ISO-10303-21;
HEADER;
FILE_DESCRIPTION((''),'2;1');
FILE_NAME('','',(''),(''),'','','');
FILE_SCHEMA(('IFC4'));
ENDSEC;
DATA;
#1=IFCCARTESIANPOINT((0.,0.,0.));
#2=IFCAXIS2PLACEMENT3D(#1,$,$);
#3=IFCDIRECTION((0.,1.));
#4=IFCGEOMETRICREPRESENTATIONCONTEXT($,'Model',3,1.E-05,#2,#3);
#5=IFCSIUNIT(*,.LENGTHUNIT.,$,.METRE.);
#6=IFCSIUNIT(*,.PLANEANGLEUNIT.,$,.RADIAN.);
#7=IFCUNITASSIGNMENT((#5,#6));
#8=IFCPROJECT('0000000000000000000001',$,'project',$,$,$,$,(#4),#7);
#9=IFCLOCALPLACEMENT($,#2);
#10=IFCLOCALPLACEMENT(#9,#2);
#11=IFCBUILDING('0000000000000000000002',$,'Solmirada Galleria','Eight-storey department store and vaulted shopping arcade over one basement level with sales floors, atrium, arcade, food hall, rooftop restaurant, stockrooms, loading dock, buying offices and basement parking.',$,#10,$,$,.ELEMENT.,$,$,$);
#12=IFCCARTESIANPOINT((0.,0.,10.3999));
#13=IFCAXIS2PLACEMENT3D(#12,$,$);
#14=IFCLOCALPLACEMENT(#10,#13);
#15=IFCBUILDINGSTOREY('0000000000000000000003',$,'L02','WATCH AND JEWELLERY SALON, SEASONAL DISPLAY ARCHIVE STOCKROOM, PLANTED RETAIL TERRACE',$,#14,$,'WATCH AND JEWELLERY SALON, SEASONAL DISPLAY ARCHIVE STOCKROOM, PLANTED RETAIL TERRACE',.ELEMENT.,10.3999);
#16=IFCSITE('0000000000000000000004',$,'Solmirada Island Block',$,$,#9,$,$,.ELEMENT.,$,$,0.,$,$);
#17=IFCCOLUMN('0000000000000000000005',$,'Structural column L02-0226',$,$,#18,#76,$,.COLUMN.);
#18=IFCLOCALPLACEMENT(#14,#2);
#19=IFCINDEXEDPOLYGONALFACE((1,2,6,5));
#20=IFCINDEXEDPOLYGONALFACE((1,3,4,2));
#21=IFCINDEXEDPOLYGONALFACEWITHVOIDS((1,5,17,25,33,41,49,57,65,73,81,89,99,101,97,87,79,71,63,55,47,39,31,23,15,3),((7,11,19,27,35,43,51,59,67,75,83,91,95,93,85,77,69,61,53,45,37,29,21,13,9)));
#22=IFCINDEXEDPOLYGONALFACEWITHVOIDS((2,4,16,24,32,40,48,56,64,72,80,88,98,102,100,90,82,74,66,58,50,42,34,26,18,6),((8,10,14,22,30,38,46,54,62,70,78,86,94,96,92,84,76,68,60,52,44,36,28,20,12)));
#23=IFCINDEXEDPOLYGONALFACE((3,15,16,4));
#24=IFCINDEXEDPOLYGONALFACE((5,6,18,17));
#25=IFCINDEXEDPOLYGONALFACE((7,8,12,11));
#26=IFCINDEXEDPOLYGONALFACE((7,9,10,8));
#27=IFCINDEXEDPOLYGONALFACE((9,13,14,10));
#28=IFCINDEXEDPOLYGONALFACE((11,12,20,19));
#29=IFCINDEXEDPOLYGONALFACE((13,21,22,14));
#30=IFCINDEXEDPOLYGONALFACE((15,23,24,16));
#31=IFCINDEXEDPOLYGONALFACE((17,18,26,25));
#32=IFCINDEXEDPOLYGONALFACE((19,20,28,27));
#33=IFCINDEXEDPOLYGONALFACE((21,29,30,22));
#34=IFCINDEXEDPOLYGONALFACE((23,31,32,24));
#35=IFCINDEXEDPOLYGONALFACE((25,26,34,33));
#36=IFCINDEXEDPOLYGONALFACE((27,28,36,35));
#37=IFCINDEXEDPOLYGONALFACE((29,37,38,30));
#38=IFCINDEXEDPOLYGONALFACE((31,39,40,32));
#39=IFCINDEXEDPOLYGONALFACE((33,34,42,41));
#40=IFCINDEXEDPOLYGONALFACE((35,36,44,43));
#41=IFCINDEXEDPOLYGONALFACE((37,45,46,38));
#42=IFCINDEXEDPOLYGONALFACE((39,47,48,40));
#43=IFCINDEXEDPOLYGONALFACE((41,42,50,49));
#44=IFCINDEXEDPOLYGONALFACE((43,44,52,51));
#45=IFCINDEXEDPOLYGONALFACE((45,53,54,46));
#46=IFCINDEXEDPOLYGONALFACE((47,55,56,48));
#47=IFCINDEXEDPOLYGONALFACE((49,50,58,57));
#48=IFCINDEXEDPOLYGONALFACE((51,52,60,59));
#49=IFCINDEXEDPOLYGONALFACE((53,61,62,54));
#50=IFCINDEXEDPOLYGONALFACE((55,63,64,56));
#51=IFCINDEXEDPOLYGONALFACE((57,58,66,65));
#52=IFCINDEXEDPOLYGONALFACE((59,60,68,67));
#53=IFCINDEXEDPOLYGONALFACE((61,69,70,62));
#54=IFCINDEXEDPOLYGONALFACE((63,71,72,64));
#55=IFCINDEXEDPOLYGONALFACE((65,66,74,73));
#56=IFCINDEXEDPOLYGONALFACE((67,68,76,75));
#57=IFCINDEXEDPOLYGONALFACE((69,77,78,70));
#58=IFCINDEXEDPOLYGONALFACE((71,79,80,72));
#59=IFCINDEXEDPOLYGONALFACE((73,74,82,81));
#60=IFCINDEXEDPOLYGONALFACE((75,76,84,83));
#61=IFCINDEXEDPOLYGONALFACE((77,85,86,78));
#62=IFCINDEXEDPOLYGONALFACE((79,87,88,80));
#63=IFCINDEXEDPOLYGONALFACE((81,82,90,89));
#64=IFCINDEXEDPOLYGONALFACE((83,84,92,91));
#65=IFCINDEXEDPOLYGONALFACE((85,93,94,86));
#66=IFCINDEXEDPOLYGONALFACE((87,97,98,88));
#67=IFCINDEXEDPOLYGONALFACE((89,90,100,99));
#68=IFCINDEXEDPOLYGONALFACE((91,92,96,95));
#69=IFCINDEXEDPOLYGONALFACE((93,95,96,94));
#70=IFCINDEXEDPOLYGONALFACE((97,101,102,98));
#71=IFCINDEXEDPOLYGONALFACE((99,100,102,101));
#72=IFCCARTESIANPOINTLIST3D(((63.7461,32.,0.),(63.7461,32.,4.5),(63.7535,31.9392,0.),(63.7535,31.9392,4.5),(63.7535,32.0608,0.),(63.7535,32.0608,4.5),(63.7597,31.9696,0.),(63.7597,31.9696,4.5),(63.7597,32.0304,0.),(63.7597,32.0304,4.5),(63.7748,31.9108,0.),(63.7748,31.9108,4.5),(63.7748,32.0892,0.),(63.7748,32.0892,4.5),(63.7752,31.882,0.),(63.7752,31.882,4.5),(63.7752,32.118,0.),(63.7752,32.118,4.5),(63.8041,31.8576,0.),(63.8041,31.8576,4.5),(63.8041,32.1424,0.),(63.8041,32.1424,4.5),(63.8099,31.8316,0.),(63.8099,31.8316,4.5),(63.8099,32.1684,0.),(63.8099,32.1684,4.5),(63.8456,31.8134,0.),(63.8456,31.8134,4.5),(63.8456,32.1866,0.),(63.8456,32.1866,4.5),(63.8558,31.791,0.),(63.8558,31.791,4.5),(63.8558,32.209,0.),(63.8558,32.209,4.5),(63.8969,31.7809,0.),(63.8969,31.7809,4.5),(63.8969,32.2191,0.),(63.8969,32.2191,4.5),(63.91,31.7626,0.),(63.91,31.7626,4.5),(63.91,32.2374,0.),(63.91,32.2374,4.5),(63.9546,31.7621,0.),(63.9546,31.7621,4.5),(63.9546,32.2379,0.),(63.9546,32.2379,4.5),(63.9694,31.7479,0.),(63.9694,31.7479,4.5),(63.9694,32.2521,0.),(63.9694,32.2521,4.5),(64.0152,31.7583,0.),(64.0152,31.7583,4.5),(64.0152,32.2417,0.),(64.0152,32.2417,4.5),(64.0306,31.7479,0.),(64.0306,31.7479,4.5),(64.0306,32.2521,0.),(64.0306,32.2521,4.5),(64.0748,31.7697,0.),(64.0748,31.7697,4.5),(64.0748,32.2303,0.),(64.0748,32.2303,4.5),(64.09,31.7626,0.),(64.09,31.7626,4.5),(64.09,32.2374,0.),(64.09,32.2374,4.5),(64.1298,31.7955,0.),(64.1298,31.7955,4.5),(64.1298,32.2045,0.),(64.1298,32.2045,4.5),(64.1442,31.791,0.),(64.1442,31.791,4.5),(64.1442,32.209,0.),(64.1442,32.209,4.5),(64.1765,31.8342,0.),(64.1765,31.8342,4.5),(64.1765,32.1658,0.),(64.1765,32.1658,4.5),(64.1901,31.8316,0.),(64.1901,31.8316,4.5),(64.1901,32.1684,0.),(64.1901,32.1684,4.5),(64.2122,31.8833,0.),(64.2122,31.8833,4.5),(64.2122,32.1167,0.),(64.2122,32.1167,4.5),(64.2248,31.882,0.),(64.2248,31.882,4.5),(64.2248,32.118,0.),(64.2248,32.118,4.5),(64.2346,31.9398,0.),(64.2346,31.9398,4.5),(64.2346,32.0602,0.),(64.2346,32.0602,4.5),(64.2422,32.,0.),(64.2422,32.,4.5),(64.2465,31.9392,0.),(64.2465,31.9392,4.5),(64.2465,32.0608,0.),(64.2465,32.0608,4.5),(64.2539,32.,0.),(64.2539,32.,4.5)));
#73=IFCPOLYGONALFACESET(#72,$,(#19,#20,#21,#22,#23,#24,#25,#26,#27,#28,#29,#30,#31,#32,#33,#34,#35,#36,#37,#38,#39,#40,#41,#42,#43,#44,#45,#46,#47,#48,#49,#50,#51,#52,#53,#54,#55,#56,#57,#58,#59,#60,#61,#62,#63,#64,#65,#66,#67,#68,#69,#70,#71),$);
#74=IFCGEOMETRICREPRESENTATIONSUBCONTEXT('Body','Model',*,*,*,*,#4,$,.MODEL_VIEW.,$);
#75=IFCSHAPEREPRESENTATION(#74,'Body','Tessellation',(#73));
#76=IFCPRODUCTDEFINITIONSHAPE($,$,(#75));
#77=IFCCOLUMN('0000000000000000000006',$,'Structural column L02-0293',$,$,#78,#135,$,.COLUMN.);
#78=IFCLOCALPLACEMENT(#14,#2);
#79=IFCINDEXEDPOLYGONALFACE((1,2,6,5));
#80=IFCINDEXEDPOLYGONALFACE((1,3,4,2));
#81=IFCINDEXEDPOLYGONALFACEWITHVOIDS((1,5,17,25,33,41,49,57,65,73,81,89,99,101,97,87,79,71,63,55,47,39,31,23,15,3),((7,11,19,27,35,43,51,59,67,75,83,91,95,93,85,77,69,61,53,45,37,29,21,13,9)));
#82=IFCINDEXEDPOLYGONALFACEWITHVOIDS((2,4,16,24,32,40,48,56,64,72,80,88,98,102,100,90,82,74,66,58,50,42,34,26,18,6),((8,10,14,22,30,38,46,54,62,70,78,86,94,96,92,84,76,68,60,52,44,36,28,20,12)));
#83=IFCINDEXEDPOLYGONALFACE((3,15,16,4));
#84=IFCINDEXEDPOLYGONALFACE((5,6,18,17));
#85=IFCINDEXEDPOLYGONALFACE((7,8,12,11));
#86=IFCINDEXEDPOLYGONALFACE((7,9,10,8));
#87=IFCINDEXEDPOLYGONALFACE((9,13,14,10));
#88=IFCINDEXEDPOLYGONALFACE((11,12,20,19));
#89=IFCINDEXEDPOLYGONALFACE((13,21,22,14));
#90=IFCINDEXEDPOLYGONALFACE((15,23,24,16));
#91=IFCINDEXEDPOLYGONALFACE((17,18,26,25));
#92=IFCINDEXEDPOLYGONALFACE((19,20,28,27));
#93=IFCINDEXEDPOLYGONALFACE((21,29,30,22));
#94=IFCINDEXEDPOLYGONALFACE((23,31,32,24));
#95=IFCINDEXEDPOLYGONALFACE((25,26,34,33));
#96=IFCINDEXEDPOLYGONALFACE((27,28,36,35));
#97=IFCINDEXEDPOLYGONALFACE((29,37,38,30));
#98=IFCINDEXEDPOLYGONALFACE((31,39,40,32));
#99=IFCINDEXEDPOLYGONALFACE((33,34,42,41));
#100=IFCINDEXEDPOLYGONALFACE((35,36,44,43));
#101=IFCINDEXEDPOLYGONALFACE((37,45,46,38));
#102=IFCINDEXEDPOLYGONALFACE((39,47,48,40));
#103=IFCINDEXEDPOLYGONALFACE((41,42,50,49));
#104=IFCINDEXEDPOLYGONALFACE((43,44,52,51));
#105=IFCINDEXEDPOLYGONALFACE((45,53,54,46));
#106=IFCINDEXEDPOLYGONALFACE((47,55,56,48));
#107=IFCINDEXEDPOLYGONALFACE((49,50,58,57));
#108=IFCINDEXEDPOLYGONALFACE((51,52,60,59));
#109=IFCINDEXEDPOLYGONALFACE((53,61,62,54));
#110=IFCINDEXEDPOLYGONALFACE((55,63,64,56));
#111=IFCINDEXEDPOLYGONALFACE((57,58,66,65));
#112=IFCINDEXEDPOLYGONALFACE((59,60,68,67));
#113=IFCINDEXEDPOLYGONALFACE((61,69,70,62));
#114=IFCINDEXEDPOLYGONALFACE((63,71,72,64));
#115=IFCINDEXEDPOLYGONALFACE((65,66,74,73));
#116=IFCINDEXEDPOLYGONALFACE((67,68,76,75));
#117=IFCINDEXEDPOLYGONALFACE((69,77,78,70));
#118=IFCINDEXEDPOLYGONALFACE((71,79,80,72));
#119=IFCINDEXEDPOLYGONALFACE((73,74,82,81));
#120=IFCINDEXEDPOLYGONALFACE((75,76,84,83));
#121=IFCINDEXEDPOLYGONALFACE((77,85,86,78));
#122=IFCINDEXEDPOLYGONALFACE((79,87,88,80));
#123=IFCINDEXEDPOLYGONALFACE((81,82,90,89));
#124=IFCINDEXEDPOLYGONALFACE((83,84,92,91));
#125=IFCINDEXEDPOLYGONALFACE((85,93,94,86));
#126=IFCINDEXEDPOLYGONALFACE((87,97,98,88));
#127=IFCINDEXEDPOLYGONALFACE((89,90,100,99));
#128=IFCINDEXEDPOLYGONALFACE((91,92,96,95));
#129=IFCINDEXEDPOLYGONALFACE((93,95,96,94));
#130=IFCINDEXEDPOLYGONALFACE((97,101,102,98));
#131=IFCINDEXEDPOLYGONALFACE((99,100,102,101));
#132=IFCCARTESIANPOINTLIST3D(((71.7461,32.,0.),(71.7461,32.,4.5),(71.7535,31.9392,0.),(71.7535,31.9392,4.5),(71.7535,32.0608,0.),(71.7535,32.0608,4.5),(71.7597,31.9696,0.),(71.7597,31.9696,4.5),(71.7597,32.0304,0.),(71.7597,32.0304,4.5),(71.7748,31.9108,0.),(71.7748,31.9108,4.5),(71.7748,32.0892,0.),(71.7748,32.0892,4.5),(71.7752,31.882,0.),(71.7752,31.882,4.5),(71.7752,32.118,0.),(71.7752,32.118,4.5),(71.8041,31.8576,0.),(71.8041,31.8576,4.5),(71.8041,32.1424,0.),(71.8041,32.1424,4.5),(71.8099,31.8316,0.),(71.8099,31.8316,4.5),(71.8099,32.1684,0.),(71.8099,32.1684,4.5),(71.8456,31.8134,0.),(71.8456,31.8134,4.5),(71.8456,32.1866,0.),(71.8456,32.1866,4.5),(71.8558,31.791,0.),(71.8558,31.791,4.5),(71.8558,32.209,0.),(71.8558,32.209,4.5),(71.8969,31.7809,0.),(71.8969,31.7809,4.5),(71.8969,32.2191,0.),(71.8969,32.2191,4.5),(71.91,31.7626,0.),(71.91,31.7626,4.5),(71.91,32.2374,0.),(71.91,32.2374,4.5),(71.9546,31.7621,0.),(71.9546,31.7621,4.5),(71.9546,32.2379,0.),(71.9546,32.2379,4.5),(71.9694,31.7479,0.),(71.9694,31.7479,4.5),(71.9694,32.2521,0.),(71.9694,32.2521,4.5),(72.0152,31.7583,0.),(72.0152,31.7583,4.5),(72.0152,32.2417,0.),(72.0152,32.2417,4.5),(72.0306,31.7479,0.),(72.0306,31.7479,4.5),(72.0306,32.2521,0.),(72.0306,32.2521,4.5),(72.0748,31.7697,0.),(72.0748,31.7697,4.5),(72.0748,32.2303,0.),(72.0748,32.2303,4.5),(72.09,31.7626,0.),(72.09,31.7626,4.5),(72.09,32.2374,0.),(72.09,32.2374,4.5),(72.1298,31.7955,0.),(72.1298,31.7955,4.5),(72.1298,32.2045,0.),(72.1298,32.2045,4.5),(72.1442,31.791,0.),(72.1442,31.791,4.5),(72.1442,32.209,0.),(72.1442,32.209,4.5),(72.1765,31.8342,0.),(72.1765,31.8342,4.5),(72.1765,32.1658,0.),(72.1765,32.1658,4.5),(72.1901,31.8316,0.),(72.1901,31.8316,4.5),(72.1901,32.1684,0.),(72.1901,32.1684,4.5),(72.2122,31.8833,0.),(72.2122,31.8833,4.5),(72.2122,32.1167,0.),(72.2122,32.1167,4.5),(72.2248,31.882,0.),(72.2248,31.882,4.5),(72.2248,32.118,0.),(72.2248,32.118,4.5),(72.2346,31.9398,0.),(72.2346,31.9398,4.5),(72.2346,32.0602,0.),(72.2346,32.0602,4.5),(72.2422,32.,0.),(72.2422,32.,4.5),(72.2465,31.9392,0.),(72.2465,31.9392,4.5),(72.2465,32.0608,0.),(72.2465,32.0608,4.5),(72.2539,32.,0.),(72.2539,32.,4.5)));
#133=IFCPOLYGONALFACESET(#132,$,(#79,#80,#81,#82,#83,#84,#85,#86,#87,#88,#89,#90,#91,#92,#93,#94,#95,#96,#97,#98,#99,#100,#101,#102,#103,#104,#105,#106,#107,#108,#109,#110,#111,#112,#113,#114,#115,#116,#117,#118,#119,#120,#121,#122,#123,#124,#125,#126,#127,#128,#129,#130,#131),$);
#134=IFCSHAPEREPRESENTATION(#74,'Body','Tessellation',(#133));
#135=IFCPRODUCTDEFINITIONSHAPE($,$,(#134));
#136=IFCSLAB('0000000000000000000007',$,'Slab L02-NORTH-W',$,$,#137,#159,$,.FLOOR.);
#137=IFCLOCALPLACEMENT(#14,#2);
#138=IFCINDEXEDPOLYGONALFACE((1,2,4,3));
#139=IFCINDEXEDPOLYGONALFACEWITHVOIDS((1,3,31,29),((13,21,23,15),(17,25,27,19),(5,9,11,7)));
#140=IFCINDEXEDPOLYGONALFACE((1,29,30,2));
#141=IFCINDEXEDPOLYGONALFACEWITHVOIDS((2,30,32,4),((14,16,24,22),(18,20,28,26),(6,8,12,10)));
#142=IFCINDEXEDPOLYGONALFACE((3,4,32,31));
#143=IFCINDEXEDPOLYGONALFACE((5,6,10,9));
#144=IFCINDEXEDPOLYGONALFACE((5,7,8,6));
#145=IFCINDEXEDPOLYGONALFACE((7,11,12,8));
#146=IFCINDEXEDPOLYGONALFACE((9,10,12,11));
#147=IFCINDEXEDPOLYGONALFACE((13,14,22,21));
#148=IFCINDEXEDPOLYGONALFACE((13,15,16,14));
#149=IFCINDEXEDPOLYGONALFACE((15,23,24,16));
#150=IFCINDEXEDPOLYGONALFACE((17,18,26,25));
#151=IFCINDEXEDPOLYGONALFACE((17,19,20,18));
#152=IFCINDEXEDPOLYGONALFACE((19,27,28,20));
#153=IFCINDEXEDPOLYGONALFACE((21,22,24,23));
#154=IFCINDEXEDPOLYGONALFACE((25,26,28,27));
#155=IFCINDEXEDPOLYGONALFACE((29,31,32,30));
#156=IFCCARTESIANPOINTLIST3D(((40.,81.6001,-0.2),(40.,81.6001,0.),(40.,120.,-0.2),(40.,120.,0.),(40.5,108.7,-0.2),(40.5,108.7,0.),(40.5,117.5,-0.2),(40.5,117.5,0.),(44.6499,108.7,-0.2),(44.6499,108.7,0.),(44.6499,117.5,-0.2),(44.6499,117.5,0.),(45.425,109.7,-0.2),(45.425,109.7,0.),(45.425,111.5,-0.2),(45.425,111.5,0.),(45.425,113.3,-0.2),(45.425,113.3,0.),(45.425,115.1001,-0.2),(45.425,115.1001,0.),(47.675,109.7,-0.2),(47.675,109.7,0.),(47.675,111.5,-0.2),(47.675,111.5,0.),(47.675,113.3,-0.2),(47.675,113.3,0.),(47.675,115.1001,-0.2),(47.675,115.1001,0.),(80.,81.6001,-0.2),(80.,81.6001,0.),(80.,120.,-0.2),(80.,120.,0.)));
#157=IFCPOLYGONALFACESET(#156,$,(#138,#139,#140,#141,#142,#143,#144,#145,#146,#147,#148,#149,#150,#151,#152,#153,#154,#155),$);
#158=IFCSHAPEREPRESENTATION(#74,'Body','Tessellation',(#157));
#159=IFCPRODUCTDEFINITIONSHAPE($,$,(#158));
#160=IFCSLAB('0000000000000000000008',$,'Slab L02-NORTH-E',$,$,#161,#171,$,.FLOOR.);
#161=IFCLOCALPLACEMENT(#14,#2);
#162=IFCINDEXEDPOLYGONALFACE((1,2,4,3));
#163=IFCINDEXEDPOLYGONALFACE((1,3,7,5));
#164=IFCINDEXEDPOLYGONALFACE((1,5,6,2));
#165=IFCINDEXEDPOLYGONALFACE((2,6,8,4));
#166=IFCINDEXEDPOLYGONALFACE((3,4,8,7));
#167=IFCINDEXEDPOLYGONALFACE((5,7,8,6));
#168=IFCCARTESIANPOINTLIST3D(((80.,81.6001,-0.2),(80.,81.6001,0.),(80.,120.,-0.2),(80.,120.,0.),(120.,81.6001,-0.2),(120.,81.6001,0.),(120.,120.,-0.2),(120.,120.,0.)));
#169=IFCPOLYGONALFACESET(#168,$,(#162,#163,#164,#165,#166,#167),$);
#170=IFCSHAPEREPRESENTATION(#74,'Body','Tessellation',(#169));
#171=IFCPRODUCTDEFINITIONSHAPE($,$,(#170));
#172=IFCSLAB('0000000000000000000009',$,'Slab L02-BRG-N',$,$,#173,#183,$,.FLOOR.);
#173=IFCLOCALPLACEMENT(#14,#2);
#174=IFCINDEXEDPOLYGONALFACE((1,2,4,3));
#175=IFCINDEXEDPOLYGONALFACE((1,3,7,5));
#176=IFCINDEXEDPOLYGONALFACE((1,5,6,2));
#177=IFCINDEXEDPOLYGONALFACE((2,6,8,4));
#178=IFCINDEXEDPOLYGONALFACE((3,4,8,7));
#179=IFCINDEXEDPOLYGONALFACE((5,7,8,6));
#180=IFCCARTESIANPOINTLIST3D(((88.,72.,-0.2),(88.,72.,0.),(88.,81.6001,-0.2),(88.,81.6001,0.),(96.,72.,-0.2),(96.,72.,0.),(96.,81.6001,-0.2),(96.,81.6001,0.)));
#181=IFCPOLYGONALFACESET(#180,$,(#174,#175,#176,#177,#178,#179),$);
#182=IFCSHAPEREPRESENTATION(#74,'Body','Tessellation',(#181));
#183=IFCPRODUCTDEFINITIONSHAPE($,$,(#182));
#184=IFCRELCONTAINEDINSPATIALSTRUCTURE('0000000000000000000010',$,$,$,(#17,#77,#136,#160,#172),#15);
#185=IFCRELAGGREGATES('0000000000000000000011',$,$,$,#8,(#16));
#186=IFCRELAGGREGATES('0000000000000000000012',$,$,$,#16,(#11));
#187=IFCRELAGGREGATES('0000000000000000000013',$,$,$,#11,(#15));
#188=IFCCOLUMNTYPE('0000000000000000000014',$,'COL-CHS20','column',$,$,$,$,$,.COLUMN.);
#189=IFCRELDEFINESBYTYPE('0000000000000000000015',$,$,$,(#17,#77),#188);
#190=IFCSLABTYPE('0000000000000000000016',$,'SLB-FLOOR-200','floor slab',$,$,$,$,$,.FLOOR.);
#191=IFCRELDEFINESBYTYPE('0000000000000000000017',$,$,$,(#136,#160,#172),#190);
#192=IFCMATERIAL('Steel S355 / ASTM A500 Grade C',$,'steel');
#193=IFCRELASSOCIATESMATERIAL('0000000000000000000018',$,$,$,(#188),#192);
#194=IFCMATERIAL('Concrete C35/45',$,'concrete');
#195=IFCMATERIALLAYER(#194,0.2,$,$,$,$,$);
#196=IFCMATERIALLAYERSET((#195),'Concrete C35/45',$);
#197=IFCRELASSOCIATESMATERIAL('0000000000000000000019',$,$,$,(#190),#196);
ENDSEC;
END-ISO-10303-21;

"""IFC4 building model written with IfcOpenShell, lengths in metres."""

from ifc_helpers import new_model, si_unit, direction, frame, origin, origin_2d, place, context, subcontext, project, spatial, polyline, hollow_circle, outline, extrude, material, layer, layer_set, material_profile, profile_set, type_object, element, save


model = new_model("IFC4")

# Units and contexts
model_context = context("Model", 3, precision=1e-05, world=origin(), true_north=direction((0.0, 1.0)))
body_context = subcontext(model_context, "Body", "Model", "MODEL_VIEW")
ifc_project = project(units=[si_unit("LENGTHUNIT", "METRE"), si_unit("PLANEANGLEUNIT", "RADIAN")], contexts=[model_context])

# Site, building, storey
site_placement = place(None, origin())
site = spatial("IfcSite", under=ifc_project, at=site_placement, Name="Solmirada Island Block", CompositionType="ELEMENT", RefElevation=0.0)
building_placement = place(site_placement, origin())
building = spatial("IfcBuilding", under=site, at=building_placement, Name="Solmirada Galleria", Description="Eight-storey department store and vaulted shopping arcade over one basement level with sales floors, atrium, arcade, food hall, rooftop restaurant, stockrooms, loading dock, buying offices and basement parking.", CompositionType="ELEMENT")
storey_placement = place(building_placement, frame((0.0, 0.0, 10.3999)))
storey = spatial("IfcBuildingStorey", under=building, at=storey_placement, Name="L02", Description="WATCH AND JEWELLERY SALON, SEASONAL DISPLAY ARCHIVE STOCKROOM, PLANTED RETAIL TERRACE", LongName="WATCH AND JEWELLERY SALON, SEASONAL DISPLAY ARCHIVE STOCKROOM, PLANTED RETAIL TERRACE", CompositionType="ELEMENT", Elevation=10.3999)

# Columns
ifc_material_1 = material(Name="Steel S355 / ASTM A500 Grade C", Category="steel")
ifc_material_profile = material_profile(ifc_material_1, hollow_circle(Radius=0.2539, WallThickness=0.0117, at=origin_2d()), Name="HSS20.000X0.500")
ifc_profile_set = profile_set([ifc_material_profile], Name="Steel S355 / ASTM A500 Grade C")
column_type = type_object("IfcColumnType", Name="COL-CHS20", Description="column", PredefinedType="COLUMN", material=ifc_profile_set)
for number, where, z_axis, x_axis, name in (
    (1, (64.0, 32.0, 0.0), (0.0, 0.0, 1.0), (1.0, 0.0, 0.0), "Structural column L02-0226"),
    (2, (72.0, 32.0, 0.0), (0.0, 0.0, 1.0), (1.0, 0.0, 0.0), "Structural column L02-0293"),
):
    element("IfcColumn", number, at=place(storey_placement, frame(where, z_axis=z_axis, x_axis=x_axis)), inside=storey, type_object=column_type, Name=name, PredefinedType="COLUMN", context=body_context, shape_type="SweptSolid", body=[
        extrude(hollow_circle(Radius=0.2539, WallThickness=0.0117, at=origin_2d()), origin(), (0.0, 0.0, 1.0), 4.5),
    ])

# Slabs
ifc_material_2 = material(Name="Concrete C35/45", Category="concrete")
ifc_layer_1 = layer(ifc_material_2, 0.2)
ifc_layer_set_1 = layer_set([ifc_layer_1], Name="Concrete C35/45")
slab_type_1 = type_object("IfcSlabType", Name="SLB-FLOOR-200", Description="floor slab", PredefinedType="FLOOR", material=ifc_layer_set_1)
slab_1_placement = place(storey_placement, frame((0.0, 0.0, -0.2)))
element("IfcSlab", 3, at=slab_1_placement, inside=storey, type_object=slab_type_1, Name="Slab L02-NORTH-W", PredefinedType="FLOOR", context=body_context, shape_type="SweptSolid", body=[
    extrude(outline(polyline([(40.0, 81.6001), (80.0, 81.6001), (80.0, 120.0), (40.0, 120.0), (40.0, 81.6001)]), holes=[polyline([(40.5, 108.7), (44.6499, 108.7), (44.6499, 117.5), (40.5, 117.5), (40.5, 108.7)]), polyline([(45.425, 113.3), (47.675, 113.3), (47.675, 115.1001), (45.425, 115.1001), (45.425, 113.3)]), polyline([(45.425, 109.7), (47.675, 109.7), (47.675, 111.5), (45.425, 111.5), (45.425, 109.7)])]), origin(), (0.0, 0.0, 1.0), 0.2),
])
slab_2_placement = place(storey_placement, frame((0.0, 0.0, -0.2)))
element("IfcSlab", 4, at=slab_2_placement, inside=storey, type_object=slab_type_1, Name="Slab L02-NORTH-E", PredefinedType="FLOOR", context=body_context, shape_type="SweptSolid", body=[
    extrude(outline(polyline([(80.0, 81.6001), (120.0, 81.6001), (120.0, 120.0), (80.0, 120.0), (80.0, 81.6001)])), origin(), (0.0, 0.0, 1.0), 0.2),
])
slab_3_placement = place(storey_placement, frame((0.0, 0.0, -0.2)))
element("IfcSlab", 5, at=slab_3_placement, inside=storey, type_object=slab_type_1, Name="Slab L02-BRG-N", PredefinedType="FLOOR", context=body_context, shape_type="SweptSolid", body=[
    extrude(outline(polyline([(88.0, 72.0), (96.0, 72.0), (96.0, 81.6001), (88.0, 81.6001), (88.0, 72.0)])), origin(), (0.0, 0.0, 1.0), 0.2),
])

save(model, "model.ifc")
